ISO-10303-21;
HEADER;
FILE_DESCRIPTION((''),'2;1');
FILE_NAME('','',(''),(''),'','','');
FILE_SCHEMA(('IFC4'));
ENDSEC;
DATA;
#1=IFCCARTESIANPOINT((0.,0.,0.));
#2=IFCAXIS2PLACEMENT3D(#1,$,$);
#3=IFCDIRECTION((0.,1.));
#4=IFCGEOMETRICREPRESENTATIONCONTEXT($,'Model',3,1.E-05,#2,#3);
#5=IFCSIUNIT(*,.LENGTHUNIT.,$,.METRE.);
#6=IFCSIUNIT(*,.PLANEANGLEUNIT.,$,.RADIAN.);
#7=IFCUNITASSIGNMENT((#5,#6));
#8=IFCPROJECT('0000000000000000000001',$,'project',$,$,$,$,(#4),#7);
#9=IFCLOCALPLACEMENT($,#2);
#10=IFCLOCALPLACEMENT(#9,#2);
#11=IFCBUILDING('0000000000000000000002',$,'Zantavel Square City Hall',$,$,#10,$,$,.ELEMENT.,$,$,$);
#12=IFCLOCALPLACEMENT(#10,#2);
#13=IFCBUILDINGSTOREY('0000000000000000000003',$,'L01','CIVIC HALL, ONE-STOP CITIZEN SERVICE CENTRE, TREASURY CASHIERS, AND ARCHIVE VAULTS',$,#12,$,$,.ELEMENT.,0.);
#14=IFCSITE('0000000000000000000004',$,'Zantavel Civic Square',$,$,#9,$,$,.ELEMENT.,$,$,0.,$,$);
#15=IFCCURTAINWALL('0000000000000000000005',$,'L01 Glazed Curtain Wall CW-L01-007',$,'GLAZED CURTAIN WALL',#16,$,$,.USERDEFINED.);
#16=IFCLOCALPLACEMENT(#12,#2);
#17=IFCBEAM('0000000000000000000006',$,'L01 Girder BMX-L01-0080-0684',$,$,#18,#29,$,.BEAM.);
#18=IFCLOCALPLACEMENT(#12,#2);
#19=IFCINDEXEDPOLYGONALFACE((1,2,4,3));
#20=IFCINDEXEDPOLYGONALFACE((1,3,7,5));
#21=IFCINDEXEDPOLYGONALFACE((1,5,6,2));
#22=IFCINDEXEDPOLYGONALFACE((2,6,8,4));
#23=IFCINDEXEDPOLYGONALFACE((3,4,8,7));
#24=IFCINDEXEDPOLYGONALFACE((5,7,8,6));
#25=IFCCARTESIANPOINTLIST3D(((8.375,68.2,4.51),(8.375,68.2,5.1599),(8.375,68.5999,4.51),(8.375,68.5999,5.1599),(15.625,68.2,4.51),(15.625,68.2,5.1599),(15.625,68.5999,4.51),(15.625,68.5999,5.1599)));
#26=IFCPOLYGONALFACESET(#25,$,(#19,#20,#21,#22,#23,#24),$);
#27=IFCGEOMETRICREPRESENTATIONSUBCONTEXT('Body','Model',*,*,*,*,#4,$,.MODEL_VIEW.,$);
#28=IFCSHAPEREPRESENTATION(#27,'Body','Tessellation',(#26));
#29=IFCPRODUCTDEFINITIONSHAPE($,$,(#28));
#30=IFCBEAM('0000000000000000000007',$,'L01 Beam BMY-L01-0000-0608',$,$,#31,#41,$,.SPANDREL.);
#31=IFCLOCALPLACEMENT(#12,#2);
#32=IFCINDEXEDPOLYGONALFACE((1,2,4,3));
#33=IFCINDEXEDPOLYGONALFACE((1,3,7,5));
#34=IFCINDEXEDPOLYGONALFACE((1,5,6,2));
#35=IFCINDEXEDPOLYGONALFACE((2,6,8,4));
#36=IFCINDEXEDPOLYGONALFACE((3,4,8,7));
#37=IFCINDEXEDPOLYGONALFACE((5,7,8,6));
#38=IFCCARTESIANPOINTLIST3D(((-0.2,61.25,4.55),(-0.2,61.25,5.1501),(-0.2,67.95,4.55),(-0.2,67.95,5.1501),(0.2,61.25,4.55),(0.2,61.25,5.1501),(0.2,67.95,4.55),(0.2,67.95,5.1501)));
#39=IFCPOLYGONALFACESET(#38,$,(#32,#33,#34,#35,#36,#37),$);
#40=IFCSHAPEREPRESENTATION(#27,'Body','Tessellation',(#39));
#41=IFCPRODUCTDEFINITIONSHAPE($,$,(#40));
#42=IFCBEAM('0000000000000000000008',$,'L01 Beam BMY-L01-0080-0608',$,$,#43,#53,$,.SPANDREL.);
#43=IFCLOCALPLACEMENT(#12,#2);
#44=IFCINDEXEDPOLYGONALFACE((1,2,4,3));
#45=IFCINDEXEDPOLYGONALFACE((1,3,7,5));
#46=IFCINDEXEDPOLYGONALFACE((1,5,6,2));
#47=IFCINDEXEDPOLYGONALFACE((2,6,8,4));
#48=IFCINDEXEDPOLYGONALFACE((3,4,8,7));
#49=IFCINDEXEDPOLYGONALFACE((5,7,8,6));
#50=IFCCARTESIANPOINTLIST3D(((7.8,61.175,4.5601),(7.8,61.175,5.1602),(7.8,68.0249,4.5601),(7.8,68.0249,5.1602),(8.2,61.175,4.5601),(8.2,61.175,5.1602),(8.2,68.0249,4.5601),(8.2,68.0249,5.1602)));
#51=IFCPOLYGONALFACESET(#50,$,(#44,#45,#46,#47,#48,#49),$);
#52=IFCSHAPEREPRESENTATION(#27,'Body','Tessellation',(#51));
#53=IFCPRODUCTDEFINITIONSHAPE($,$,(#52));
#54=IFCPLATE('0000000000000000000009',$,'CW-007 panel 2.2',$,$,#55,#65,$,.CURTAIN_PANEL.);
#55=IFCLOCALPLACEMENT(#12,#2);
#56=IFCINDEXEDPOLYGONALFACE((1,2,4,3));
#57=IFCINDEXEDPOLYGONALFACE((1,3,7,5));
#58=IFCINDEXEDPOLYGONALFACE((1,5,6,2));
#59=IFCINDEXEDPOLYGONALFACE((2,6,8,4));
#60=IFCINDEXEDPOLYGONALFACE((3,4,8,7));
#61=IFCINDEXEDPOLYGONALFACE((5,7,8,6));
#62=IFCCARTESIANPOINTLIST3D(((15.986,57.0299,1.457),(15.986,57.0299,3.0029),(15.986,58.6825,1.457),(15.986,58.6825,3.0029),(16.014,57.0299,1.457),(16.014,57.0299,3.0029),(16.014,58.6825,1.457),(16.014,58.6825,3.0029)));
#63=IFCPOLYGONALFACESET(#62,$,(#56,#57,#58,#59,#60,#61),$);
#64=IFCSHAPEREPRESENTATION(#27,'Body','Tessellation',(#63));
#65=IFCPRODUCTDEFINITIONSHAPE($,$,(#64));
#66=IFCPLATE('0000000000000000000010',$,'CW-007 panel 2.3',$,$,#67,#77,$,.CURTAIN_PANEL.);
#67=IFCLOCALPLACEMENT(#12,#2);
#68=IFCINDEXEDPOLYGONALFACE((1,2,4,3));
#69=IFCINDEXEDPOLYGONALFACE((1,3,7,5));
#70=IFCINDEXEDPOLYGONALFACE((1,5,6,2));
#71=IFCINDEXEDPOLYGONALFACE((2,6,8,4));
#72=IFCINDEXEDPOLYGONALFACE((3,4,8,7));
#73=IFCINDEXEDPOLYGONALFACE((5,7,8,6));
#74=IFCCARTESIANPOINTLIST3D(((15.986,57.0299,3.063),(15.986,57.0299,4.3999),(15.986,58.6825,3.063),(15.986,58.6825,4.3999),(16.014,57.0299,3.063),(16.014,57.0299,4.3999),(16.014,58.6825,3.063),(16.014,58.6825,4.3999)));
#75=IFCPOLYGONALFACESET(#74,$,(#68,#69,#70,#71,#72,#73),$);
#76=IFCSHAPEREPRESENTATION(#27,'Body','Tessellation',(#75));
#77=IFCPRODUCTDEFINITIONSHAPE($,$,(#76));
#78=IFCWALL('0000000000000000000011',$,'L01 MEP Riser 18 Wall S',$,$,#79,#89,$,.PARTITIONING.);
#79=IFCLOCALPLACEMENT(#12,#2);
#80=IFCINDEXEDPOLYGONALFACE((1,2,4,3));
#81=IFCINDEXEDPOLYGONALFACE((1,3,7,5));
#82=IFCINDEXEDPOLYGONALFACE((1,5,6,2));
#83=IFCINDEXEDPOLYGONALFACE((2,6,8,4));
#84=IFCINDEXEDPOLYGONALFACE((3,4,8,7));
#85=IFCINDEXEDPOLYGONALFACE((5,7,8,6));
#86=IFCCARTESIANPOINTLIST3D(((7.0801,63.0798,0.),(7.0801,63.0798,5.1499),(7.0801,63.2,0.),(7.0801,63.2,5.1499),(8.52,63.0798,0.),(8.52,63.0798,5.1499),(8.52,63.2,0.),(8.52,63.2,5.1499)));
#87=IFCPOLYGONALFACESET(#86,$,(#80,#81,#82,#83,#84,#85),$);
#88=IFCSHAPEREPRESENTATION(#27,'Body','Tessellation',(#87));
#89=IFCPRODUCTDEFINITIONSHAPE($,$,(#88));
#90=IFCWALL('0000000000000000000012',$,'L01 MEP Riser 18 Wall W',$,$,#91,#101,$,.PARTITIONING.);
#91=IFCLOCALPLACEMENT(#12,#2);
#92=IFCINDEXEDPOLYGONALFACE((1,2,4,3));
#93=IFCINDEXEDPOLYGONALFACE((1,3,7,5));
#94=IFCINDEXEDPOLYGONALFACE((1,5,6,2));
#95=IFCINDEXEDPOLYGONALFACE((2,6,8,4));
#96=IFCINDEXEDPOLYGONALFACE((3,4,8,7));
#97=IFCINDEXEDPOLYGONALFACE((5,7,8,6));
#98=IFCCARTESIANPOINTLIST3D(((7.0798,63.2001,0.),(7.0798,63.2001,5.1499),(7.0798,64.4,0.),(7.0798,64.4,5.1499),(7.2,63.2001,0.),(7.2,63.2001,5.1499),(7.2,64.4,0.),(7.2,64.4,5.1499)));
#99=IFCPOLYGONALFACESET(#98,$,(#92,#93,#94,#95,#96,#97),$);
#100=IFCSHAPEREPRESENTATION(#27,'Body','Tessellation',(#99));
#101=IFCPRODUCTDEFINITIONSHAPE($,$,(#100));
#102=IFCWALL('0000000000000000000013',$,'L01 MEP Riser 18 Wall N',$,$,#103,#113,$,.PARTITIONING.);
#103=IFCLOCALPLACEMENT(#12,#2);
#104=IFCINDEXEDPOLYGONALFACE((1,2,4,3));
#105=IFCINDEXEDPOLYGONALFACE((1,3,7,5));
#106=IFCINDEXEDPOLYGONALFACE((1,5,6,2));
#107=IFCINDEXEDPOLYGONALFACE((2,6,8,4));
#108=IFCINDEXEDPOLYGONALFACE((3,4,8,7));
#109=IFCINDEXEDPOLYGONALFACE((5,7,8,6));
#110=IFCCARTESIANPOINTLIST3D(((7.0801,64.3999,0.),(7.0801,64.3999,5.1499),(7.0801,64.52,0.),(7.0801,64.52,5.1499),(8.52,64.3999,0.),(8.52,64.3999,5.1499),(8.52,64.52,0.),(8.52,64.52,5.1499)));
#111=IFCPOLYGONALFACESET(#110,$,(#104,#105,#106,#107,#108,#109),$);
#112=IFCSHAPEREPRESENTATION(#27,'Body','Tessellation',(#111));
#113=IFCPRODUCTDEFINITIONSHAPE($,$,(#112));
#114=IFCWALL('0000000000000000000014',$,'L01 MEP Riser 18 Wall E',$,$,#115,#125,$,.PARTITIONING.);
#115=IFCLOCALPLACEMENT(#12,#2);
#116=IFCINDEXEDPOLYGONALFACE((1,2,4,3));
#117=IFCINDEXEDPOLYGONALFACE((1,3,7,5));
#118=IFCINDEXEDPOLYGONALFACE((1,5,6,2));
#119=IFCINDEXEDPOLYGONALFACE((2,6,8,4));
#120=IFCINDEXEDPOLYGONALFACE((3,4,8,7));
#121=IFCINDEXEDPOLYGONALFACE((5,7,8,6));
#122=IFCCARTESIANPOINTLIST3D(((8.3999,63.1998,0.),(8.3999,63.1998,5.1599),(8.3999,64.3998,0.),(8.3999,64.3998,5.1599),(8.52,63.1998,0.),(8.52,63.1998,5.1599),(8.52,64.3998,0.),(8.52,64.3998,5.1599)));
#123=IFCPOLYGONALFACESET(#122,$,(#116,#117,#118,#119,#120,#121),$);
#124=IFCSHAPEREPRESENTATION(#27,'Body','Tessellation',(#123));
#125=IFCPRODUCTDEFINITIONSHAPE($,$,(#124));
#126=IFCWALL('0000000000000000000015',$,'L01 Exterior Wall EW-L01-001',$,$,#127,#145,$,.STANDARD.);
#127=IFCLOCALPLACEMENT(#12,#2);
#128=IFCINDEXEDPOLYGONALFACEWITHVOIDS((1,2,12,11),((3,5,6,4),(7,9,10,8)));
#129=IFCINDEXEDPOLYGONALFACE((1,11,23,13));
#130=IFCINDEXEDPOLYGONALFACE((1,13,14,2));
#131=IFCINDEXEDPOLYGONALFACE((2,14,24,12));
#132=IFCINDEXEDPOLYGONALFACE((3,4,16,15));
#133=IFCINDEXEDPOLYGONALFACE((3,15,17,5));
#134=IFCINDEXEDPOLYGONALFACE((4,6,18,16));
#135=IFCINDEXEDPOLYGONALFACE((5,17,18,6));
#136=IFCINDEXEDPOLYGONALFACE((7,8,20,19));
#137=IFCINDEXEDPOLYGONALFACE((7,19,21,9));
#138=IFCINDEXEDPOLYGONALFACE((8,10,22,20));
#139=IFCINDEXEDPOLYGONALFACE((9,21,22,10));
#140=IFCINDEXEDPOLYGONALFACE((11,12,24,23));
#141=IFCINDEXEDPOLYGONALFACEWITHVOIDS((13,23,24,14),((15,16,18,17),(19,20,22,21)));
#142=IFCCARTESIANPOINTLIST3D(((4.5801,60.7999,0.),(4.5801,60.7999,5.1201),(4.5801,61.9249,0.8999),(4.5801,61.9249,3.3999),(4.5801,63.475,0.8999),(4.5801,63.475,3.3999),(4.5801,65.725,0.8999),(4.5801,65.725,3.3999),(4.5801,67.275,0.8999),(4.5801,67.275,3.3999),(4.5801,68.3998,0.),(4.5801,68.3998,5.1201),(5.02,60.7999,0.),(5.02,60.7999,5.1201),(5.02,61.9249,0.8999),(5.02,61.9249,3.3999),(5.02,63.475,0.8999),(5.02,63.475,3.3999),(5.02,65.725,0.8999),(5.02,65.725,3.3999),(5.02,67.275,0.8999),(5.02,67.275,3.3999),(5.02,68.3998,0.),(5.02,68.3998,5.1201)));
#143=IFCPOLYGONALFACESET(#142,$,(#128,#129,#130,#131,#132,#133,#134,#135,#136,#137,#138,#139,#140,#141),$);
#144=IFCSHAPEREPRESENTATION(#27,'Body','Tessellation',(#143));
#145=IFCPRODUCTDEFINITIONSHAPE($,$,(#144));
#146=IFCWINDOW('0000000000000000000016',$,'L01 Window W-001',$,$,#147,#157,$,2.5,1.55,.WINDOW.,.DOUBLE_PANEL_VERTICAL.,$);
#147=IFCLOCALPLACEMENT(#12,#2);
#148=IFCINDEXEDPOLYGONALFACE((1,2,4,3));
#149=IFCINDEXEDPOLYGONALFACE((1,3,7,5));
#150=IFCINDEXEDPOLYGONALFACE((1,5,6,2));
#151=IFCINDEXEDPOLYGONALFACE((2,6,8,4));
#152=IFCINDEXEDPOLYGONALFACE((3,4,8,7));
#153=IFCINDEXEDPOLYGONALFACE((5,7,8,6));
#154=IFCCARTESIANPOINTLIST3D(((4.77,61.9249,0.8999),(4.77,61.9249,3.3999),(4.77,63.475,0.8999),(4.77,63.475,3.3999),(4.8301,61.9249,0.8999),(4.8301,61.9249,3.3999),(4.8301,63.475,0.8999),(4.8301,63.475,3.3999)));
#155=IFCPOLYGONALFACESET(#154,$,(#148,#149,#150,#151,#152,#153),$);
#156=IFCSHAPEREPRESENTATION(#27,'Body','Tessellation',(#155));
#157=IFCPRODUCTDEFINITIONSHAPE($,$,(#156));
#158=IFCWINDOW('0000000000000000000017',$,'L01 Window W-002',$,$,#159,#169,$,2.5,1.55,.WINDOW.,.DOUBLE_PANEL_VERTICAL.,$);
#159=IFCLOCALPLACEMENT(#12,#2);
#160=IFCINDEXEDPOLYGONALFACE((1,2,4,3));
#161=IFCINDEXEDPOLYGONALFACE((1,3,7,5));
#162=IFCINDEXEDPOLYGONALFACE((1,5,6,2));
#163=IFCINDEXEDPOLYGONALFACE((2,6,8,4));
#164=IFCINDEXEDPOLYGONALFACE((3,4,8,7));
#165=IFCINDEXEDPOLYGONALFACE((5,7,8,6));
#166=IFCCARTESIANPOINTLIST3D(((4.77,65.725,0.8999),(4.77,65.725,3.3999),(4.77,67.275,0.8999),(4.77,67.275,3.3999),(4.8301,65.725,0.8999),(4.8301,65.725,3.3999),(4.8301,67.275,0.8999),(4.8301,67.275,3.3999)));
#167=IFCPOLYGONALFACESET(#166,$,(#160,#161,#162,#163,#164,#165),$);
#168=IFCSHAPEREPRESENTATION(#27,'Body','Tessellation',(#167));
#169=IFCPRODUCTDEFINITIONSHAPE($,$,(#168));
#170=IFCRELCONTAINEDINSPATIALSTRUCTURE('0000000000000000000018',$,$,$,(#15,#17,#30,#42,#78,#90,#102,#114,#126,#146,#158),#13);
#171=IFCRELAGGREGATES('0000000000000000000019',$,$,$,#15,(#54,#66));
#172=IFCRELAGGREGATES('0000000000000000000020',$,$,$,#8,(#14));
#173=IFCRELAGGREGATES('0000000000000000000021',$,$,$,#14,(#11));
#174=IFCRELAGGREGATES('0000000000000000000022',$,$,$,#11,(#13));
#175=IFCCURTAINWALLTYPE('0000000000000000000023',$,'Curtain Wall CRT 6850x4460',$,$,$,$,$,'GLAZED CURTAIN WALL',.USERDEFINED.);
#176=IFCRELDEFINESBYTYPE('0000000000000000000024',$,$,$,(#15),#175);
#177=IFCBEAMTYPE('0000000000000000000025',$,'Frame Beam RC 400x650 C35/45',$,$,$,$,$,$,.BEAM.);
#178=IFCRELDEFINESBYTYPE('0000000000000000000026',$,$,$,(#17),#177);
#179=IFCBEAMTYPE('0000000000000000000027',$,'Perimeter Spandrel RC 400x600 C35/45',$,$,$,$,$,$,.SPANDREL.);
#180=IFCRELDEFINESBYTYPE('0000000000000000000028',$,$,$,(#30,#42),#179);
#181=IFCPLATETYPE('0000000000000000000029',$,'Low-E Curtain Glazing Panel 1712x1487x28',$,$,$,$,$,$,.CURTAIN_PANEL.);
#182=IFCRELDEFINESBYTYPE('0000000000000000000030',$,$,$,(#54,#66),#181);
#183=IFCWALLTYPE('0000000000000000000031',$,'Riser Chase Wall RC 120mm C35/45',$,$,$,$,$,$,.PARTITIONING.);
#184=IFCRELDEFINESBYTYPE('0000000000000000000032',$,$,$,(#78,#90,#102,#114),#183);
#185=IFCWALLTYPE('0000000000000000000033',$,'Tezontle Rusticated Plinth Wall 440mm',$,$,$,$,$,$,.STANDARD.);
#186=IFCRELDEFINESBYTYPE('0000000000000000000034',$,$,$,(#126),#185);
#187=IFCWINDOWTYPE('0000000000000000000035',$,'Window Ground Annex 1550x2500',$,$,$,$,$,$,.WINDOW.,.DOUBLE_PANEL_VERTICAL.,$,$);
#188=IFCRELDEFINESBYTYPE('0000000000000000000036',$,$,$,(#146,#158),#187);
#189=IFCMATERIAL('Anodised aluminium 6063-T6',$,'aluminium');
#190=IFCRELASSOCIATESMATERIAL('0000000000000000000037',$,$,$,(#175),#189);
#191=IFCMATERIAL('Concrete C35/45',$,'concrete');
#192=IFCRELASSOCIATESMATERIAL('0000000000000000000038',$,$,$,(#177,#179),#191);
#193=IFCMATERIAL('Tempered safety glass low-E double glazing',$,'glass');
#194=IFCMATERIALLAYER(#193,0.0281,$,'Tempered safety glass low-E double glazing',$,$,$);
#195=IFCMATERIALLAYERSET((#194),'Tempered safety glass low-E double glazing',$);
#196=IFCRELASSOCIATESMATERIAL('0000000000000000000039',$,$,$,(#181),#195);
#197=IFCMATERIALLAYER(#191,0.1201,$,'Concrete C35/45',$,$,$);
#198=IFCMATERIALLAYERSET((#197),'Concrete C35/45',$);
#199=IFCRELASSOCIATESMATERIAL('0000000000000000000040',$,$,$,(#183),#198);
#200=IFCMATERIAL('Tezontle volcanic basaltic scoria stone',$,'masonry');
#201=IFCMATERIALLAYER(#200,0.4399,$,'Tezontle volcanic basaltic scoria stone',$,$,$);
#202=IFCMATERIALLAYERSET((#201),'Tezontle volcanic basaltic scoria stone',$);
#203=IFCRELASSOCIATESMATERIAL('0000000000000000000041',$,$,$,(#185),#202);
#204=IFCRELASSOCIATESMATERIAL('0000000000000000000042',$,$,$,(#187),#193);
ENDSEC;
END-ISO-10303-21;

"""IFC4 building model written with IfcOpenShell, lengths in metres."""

from ifc_helpers import new_model, si_unit, direction, frame, frame_2d, origin, origin_2d, place, context, subcontext, project, spatial, rectangle, extrude, material, layer, layer_set, material_profile, profile_set, type_object, element, fill, aggregate, save


model = new_model("IFC4")

# Units and contexts
model_context = context("Model", 3, precision=1e-05, world=origin(), true_north=direction((0.0, 1.0)))
body_context = subcontext(model_context, "Body", "Model", "MODEL_VIEW")
ifc_project = project(units=[si_unit("LENGTHUNIT", "METRE"), si_unit("PLANEANGLEUNIT", "RADIAN")], contexts=[model_context])

# Site, building, storey
site_placement = place(None, origin())
site = spatial("IfcSite", under=ifc_project, at=site_placement, Name="Zantavel Civic Square", CompositionType="ELEMENT", RefElevation=0.0)
building_placement = place(site_placement, origin())
building = spatial("IfcBuilding", under=site, at=building_placement, Name="Zantavel Square City Hall", CompositionType="ELEMENT")
storey_placement = place(building_placement, origin())
storey = spatial("IfcBuildingStorey", under=building, at=storey_placement, Name="L01", Description="CIVIC HALL, ONE-STOP CITIZEN SERVICE CENTRE, TREASURY CASHIERS, AND ARCHIVE VAULTS", CompositionType="ELEMENT", Elevation=0.0)

# Curtain wall
ifc_material_1 = material(Name="Anodised aluminium 6063-T6", Category="aluminium")
curtain_wall_type = type_object("IfcCurtainWallType", Name="Curtain Wall CRT 6850x4460", ElementType="GLAZED CURTAIN WALL", PredefinedType="USERDEFINED", material=ifc_material_1)
curtain_wall_placement = place(storey_placement, origin())
curtain_wall = element("IfcCurtainWall", 1, at=curtain_wall_placement, inside=storey, type_object=curtain_wall_type, Name="L01 Glazed Curtain Wall CW-L01-007", ObjectType="GLAZED CURTAIN WALL", PredefinedType="USERDEFINED")

# Beams
ifc_material_2 = material(Name="Concrete C35/45", Category="concrete")
ifc_material_profile_1 = material_profile(ifc_material_2, rectangle(XDim=0.3999, YDim=0.6499, at=origin_2d()), Name="RC 400x650")
ifc_profile_set_1 = profile_set([ifc_material_profile_1], Name="Concrete C35/45")
beam_type_1 = type_object("IfcBeamType", Name="Frame Beam RC 400x650 C35/45", PredefinedType="BEAM", material=ifc_profile_set_1)
for number, where, z_axis, x_axis, name in (
    (2, (8.375, 68.3999, 4.835), (1.0, 0.0, 0.0), (0.0, 1.0, 0.0), "L01 Girder BMX-L01-0080-0684"),
):
    element("IfcBeam", number, at=place(storey_placement, frame(where, z_axis=z_axis, x_axis=x_axis)), inside=storey, type_object=beam_type_1, Name=name, PredefinedType="BEAM", context=body_context, shape_type="SweptSolid", body=[
        extrude(rectangle(XDim=0.3999, YDim=0.6499, at=origin_2d()), origin(), (0.0, 0.0, 1.0), 7.25),
    ])
ifc_material_profile_2 = material_profile(ifc_material_2, rectangle(XDim=0.3999, YDim=0.6001, at=origin_2d()), Name="RC 400x600")
ifc_profile_set_2 = profile_set([ifc_material_profile_2], Name="Concrete C35/45")
beam_type_2 = type_object("IfcBeamType", Name="Perimeter Spandrel RC 400x600 C35/45", PredefinedType="SPANDREL", material=ifc_profile_set_2)
beam_1_placement = place(storey_placement, frame((0.0, 61.25, 4.8501), z_axis=(0.0, 1.0, 0.0), x_axis=(-1.0, 0.0, 0.0)))
element("IfcBeam", 3, at=beam_1_placement, inside=storey, type_object=beam_type_2, Name="L01 Beam BMY-L01-0000-0608", PredefinedType="SPANDREL", context=body_context, shape_type="SweptSolid", body=[
    extrude(rectangle(XDim=0.3999, YDim=0.6001, at=origin_2d()), origin(), (0.0, 0.0, 1.0), 6.7),
])
beam_2_placement = place(storey_placement, frame((8.0, 61.175, 4.8601), z_axis=(0.0, 1.0, 0.0), x_axis=(-1.0, 0.0, 0.0)))
element("IfcBeam", 4, at=beam_2_placement, inside=storey, type_object=beam_type_2, Name="L01 Beam BMY-L01-0080-0608", PredefinedType="SPANDREL", context=body_context, shape_type="SweptSolid", body=[
    extrude(rectangle(XDim=0.3999, YDim=0.6001, at=origin_2d()), origin(), (0.0, 0.0, 1.0), 6.8499),
])

# Plates
ifc_material_3 = material(Name="Tempered safety glass low-E double glazing", Category="glass")
ifc_layer_1 = layer(ifc_material_3, 0.0281, Name="Tempered safety glass low-E double glazing")
ifc_layer_set_1 = layer_set([ifc_layer_1], Name="Tempered safety glass low-E double glazing")
plate_type = type_object("IfcPlateType", Name="Low-E Curtain Glazing Panel 1712x1487x28", PredefinedType="CURTAIN_PANEL", material=ifc_layer_set_1)
plate_1_placement = place(storey_placement, frame((16.0, 57.8562, 1.457), z_axis=(0.0, 0.0, 1.0), x_axis=(0.0, -1.0, 0.0)))
plate_1 = element("IfcPlate", 5, at=plate_1_placement, type_object=plate_type, Name="CW-007 panel 2.2", PredefinedType="CURTAIN_PANEL", context=body_context, shape_type="SweptSolid", body=[
    extrude(rectangle(XDim=1.6526, YDim=0.0281, at=origin_2d()), origin(), (0.0, 0.0, 1.0), 1.5459),
])
plate_2_placement = place(storey_placement, frame((16.0, 57.8562, 3.063), z_axis=(0.0, 0.0, 1.0), x_axis=(0.0, -1.0, 0.0)))
plate_2 = element("IfcPlate", 6, at=plate_2_placement, type_object=plate_type, Name="CW-007 panel 2.3", PredefinedType="CURTAIN_PANEL", context=body_context, shape_type="SweptSolid", body=[
    extrude(rectangle(XDim=1.6526, YDim=0.0281, at=origin_2d()), origin(), (0.0, 0.0, 1.0), 1.3369),
])
aggregate(curtain_wall, [plate_1, plate_2])

# Walls
ifc_layer_2 = layer(ifc_material_2, 0.1201, Name="Concrete C35/45")
ifc_layer_set_2 = layer_set([ifc_layer_2], Name="Concrete C35/45")
wall_type_1 = type_object("IfcWallType", Name="Riser Chase Wall RC 120mm C35/45", PredefinedType="PARTITIONING", material=ifc_layer_set_2)
wall_1_placement = place(storey_placement, frame((8.52, 63.1399, 0.0), z_axis=(0.0, 0.0, 1.0), x_axis=(-1.0, 0.0, 0.0)))
element("IfcWall", 7, at=wall_1_placement, inside=storey, type_object=wall_type_1, Name="L01 MEP Riser 18 Wall S", PredefinedType="PARTITIONING", context=body_context, shape_type="SweptSolid", body=[
    extrude(rectangle(XDim=1.4399, YDim=0.1201, at=frame_2d((0.72, 0.0))), origin(), (0.0, 0.0, 1.0), 5.1499),
])
wall_2_placement = place(storey_placement, frame((7.1399, 63.2, 0.0), z_axis=(0.0, 0.0, 1.0), x_axis=(0.0, 1.0, 0.0)))
element("IfcWall", 8, at=wall_2_placement, inside=storey, type_object=wall_type_1, Name="L01 MEP Riser 18 Wall W", PredefinedType="PARTITIONING", context=body_context, shape_type="SweptSolid", body=[
    extrude(rectangle(XDim=1.2, YDim=0.1201, at=frame_2d((0.6001, 0.0))), origin(), (0.0, 0.0, 1.0), 5.1499),
])
wall_3_placement = place(storey_placement, frame((7.0801, 64.46, 0.0), z_axis=(0.0, 0.0, 1.0), x_axis=(1.0, 0.0, 0.0)))
element("IfcWall", 9, at=wall_3_placement, inside=storey, type_object=wall_type_1, Name="L01 MEP Riser 18 Wall N", PredefinedType="PARTITIONING", context=body_context, shape_type="SweptSolid", body=[
    extrude(rectangle(XDim=1.4399, YDim=0.1201, at=frame_2d((0.72, 0.0))), origin(), (0.0, 0.0, 1.0), 5.1499),
])
wall_4_placement = place(storey_placement, frame((8.46, 64.3999, 0.0), z_axis=(0.0, 0.0, 1.0), x_axis=(0.0, -1.0, 0.0)))
element("IfcWall", 10, at=wall_4_placement, inside=storey, type_object=wall_type_1, Name="L01 MEP Riser 18 Wall E", PredefinedType="PARTITIONING", context=body_context, shape_type="SweptSolid", body=[
    extrude(rectangle(XDim=1.2, YDim=0.1201, at=frame_2d((0.6001, 0.0))), origin(), (0.0, 0.0, 1.0), 5.1599),
])

# Wall, openings, windows
ifc_material_4 = material(Name="Tezontle volcanic basaltic scoria stone", Category="masonry")
ifc_layer_3 = layer(ifc_material_4, 0.4399, Name="Tezontle volcanic basaltic scoria stone")
ifc_layer_set_3 = layer_set([ifc_layer_3], Name="Tezontle volcanic basaltic scoria stone")
wall_type_2 = type_object("IfcWallType", Name="Tezontle Rusticated Plinth Wall 440mm", PredefinedType="STANDARD", material=ifc_layer_set_3)
wall_5_placement = place(storey_placement, frame((4.8, 60.8, 0.0), z_axis=(0.0, 0.0, 1.0), x_axis=(0.0, 1.0, 0.0)))
wall_5 = element("IfcWall", 11, at=wall_5_placement, inside=storey, type_object=wall_type_2, Name="L01 Exterior Wall EW-L01-001", PredefinedType="STANDARD", context=body_context, shape_type="SweptSolid", body=[
    extrude(rectangle(XDim=7.5999, YDim=0.4399, at=frame_2d((3.7998, 0.0))), origin(), (0.0, 0.0, 1.0), 5.1201),
])
opening_1_placement = place(wall_5_placement, frame((1.125, 0.0, 0.8999)))
opening_1 = element("IfcOpeningElement", 12, at=opening_1_placement, cuts=wall_5, PredefinedType="OPENING", context=body_context, shape_type="SweptSolid", body=[
    extrude(rectangle(XDim=1.55, YDim=2.5, at=frame_2d((0.7749, 1.25))), frame((0.0, 0.23, 0.0), z_axis=(0.0, -1.0, 0.0), x_axis=(1.0, 0.0, 0.0)), (0.0, 0.0, 1.0), 0.46),
])
opening_2_placement = place(wall_5_placement, frame((4.925, 0.0, 0.8999)))
opening_2 = element("IfcOpeningElement", 13, at=opening_2_placement, cuts=wall_5, PredefinedType="OPENING", context=body_context, shape_type="SweptSolid", body=[
    extrude(rectangle(XDim=1.55, YDim=2.5, at=frame_2d((0.7749, 1.25))), frame((0.0, 0.23, 0.0), z_axis=(0.0, -1.0, 0.0), x_axis=(1.0, 0.0, 0.0)), (0.0, 0.0, 1.0), 0.46),
])
window_type = type_object("IfcWindowType", Name="Window Ground Annex 1550x2500", PartitioningType="DOUBLE_PANEL_VERTICAL", PredefinedType="WINDOW", material=ifc_material_3)
window_1_placement = place(opening_1_placement, origin())
window_1 = element("IfcWindow", 14, at=window_1_placement, inside=storey, type_object=window_type, Name="L01 Window W-001", OverallHeight=2.5, OverallWidth=1.55, PartitioningType="DOUBLE_PANEL_VERTICAL", PredefinedType="WINDOW", context=body_context, shape_type="SweptSolid", body=[
    extrude(rectangle(XDim=1.55, YDim=2.5, at=frame_2d((0.7749, 1.25))), frame((0.0, 0.03, 0.0), z_axis=(0.0, -1.0, 0.0), x_axis=(1.0, 0.0, 0.0)), (0.0, 0.0, 1.0), 0.0601),
])
fill(opening_1, window_1)
window_2_placement = place(opening_2_placement, origin())
window_2 = element("IfcWindow", 15, at=window_2_placement, inside=storey, type_object=window_type, Name="L01 Window W-002", OverallHeight=2.5, OverallWidth=1.55, PartitioningType="DOUBLE_PANEL_VERTICAL", PredefinedType="WINDOW", context=body_context, shape_type="SweptSolid", body=[
    extrude(rectangle(XDim=1.55, YDim=2.5, at=frame_2d((0.7749, 1.25))), frame((0.0, 0.03, 0.0), z_axis=(0.0, -1.0, 0.0), x_axis=(1.0, 0.0, 0.0)), (0.0, 0.0, 1.0), 0.0601),
])
fill(opening_2, window_2)

save(model, "model.ifc")
